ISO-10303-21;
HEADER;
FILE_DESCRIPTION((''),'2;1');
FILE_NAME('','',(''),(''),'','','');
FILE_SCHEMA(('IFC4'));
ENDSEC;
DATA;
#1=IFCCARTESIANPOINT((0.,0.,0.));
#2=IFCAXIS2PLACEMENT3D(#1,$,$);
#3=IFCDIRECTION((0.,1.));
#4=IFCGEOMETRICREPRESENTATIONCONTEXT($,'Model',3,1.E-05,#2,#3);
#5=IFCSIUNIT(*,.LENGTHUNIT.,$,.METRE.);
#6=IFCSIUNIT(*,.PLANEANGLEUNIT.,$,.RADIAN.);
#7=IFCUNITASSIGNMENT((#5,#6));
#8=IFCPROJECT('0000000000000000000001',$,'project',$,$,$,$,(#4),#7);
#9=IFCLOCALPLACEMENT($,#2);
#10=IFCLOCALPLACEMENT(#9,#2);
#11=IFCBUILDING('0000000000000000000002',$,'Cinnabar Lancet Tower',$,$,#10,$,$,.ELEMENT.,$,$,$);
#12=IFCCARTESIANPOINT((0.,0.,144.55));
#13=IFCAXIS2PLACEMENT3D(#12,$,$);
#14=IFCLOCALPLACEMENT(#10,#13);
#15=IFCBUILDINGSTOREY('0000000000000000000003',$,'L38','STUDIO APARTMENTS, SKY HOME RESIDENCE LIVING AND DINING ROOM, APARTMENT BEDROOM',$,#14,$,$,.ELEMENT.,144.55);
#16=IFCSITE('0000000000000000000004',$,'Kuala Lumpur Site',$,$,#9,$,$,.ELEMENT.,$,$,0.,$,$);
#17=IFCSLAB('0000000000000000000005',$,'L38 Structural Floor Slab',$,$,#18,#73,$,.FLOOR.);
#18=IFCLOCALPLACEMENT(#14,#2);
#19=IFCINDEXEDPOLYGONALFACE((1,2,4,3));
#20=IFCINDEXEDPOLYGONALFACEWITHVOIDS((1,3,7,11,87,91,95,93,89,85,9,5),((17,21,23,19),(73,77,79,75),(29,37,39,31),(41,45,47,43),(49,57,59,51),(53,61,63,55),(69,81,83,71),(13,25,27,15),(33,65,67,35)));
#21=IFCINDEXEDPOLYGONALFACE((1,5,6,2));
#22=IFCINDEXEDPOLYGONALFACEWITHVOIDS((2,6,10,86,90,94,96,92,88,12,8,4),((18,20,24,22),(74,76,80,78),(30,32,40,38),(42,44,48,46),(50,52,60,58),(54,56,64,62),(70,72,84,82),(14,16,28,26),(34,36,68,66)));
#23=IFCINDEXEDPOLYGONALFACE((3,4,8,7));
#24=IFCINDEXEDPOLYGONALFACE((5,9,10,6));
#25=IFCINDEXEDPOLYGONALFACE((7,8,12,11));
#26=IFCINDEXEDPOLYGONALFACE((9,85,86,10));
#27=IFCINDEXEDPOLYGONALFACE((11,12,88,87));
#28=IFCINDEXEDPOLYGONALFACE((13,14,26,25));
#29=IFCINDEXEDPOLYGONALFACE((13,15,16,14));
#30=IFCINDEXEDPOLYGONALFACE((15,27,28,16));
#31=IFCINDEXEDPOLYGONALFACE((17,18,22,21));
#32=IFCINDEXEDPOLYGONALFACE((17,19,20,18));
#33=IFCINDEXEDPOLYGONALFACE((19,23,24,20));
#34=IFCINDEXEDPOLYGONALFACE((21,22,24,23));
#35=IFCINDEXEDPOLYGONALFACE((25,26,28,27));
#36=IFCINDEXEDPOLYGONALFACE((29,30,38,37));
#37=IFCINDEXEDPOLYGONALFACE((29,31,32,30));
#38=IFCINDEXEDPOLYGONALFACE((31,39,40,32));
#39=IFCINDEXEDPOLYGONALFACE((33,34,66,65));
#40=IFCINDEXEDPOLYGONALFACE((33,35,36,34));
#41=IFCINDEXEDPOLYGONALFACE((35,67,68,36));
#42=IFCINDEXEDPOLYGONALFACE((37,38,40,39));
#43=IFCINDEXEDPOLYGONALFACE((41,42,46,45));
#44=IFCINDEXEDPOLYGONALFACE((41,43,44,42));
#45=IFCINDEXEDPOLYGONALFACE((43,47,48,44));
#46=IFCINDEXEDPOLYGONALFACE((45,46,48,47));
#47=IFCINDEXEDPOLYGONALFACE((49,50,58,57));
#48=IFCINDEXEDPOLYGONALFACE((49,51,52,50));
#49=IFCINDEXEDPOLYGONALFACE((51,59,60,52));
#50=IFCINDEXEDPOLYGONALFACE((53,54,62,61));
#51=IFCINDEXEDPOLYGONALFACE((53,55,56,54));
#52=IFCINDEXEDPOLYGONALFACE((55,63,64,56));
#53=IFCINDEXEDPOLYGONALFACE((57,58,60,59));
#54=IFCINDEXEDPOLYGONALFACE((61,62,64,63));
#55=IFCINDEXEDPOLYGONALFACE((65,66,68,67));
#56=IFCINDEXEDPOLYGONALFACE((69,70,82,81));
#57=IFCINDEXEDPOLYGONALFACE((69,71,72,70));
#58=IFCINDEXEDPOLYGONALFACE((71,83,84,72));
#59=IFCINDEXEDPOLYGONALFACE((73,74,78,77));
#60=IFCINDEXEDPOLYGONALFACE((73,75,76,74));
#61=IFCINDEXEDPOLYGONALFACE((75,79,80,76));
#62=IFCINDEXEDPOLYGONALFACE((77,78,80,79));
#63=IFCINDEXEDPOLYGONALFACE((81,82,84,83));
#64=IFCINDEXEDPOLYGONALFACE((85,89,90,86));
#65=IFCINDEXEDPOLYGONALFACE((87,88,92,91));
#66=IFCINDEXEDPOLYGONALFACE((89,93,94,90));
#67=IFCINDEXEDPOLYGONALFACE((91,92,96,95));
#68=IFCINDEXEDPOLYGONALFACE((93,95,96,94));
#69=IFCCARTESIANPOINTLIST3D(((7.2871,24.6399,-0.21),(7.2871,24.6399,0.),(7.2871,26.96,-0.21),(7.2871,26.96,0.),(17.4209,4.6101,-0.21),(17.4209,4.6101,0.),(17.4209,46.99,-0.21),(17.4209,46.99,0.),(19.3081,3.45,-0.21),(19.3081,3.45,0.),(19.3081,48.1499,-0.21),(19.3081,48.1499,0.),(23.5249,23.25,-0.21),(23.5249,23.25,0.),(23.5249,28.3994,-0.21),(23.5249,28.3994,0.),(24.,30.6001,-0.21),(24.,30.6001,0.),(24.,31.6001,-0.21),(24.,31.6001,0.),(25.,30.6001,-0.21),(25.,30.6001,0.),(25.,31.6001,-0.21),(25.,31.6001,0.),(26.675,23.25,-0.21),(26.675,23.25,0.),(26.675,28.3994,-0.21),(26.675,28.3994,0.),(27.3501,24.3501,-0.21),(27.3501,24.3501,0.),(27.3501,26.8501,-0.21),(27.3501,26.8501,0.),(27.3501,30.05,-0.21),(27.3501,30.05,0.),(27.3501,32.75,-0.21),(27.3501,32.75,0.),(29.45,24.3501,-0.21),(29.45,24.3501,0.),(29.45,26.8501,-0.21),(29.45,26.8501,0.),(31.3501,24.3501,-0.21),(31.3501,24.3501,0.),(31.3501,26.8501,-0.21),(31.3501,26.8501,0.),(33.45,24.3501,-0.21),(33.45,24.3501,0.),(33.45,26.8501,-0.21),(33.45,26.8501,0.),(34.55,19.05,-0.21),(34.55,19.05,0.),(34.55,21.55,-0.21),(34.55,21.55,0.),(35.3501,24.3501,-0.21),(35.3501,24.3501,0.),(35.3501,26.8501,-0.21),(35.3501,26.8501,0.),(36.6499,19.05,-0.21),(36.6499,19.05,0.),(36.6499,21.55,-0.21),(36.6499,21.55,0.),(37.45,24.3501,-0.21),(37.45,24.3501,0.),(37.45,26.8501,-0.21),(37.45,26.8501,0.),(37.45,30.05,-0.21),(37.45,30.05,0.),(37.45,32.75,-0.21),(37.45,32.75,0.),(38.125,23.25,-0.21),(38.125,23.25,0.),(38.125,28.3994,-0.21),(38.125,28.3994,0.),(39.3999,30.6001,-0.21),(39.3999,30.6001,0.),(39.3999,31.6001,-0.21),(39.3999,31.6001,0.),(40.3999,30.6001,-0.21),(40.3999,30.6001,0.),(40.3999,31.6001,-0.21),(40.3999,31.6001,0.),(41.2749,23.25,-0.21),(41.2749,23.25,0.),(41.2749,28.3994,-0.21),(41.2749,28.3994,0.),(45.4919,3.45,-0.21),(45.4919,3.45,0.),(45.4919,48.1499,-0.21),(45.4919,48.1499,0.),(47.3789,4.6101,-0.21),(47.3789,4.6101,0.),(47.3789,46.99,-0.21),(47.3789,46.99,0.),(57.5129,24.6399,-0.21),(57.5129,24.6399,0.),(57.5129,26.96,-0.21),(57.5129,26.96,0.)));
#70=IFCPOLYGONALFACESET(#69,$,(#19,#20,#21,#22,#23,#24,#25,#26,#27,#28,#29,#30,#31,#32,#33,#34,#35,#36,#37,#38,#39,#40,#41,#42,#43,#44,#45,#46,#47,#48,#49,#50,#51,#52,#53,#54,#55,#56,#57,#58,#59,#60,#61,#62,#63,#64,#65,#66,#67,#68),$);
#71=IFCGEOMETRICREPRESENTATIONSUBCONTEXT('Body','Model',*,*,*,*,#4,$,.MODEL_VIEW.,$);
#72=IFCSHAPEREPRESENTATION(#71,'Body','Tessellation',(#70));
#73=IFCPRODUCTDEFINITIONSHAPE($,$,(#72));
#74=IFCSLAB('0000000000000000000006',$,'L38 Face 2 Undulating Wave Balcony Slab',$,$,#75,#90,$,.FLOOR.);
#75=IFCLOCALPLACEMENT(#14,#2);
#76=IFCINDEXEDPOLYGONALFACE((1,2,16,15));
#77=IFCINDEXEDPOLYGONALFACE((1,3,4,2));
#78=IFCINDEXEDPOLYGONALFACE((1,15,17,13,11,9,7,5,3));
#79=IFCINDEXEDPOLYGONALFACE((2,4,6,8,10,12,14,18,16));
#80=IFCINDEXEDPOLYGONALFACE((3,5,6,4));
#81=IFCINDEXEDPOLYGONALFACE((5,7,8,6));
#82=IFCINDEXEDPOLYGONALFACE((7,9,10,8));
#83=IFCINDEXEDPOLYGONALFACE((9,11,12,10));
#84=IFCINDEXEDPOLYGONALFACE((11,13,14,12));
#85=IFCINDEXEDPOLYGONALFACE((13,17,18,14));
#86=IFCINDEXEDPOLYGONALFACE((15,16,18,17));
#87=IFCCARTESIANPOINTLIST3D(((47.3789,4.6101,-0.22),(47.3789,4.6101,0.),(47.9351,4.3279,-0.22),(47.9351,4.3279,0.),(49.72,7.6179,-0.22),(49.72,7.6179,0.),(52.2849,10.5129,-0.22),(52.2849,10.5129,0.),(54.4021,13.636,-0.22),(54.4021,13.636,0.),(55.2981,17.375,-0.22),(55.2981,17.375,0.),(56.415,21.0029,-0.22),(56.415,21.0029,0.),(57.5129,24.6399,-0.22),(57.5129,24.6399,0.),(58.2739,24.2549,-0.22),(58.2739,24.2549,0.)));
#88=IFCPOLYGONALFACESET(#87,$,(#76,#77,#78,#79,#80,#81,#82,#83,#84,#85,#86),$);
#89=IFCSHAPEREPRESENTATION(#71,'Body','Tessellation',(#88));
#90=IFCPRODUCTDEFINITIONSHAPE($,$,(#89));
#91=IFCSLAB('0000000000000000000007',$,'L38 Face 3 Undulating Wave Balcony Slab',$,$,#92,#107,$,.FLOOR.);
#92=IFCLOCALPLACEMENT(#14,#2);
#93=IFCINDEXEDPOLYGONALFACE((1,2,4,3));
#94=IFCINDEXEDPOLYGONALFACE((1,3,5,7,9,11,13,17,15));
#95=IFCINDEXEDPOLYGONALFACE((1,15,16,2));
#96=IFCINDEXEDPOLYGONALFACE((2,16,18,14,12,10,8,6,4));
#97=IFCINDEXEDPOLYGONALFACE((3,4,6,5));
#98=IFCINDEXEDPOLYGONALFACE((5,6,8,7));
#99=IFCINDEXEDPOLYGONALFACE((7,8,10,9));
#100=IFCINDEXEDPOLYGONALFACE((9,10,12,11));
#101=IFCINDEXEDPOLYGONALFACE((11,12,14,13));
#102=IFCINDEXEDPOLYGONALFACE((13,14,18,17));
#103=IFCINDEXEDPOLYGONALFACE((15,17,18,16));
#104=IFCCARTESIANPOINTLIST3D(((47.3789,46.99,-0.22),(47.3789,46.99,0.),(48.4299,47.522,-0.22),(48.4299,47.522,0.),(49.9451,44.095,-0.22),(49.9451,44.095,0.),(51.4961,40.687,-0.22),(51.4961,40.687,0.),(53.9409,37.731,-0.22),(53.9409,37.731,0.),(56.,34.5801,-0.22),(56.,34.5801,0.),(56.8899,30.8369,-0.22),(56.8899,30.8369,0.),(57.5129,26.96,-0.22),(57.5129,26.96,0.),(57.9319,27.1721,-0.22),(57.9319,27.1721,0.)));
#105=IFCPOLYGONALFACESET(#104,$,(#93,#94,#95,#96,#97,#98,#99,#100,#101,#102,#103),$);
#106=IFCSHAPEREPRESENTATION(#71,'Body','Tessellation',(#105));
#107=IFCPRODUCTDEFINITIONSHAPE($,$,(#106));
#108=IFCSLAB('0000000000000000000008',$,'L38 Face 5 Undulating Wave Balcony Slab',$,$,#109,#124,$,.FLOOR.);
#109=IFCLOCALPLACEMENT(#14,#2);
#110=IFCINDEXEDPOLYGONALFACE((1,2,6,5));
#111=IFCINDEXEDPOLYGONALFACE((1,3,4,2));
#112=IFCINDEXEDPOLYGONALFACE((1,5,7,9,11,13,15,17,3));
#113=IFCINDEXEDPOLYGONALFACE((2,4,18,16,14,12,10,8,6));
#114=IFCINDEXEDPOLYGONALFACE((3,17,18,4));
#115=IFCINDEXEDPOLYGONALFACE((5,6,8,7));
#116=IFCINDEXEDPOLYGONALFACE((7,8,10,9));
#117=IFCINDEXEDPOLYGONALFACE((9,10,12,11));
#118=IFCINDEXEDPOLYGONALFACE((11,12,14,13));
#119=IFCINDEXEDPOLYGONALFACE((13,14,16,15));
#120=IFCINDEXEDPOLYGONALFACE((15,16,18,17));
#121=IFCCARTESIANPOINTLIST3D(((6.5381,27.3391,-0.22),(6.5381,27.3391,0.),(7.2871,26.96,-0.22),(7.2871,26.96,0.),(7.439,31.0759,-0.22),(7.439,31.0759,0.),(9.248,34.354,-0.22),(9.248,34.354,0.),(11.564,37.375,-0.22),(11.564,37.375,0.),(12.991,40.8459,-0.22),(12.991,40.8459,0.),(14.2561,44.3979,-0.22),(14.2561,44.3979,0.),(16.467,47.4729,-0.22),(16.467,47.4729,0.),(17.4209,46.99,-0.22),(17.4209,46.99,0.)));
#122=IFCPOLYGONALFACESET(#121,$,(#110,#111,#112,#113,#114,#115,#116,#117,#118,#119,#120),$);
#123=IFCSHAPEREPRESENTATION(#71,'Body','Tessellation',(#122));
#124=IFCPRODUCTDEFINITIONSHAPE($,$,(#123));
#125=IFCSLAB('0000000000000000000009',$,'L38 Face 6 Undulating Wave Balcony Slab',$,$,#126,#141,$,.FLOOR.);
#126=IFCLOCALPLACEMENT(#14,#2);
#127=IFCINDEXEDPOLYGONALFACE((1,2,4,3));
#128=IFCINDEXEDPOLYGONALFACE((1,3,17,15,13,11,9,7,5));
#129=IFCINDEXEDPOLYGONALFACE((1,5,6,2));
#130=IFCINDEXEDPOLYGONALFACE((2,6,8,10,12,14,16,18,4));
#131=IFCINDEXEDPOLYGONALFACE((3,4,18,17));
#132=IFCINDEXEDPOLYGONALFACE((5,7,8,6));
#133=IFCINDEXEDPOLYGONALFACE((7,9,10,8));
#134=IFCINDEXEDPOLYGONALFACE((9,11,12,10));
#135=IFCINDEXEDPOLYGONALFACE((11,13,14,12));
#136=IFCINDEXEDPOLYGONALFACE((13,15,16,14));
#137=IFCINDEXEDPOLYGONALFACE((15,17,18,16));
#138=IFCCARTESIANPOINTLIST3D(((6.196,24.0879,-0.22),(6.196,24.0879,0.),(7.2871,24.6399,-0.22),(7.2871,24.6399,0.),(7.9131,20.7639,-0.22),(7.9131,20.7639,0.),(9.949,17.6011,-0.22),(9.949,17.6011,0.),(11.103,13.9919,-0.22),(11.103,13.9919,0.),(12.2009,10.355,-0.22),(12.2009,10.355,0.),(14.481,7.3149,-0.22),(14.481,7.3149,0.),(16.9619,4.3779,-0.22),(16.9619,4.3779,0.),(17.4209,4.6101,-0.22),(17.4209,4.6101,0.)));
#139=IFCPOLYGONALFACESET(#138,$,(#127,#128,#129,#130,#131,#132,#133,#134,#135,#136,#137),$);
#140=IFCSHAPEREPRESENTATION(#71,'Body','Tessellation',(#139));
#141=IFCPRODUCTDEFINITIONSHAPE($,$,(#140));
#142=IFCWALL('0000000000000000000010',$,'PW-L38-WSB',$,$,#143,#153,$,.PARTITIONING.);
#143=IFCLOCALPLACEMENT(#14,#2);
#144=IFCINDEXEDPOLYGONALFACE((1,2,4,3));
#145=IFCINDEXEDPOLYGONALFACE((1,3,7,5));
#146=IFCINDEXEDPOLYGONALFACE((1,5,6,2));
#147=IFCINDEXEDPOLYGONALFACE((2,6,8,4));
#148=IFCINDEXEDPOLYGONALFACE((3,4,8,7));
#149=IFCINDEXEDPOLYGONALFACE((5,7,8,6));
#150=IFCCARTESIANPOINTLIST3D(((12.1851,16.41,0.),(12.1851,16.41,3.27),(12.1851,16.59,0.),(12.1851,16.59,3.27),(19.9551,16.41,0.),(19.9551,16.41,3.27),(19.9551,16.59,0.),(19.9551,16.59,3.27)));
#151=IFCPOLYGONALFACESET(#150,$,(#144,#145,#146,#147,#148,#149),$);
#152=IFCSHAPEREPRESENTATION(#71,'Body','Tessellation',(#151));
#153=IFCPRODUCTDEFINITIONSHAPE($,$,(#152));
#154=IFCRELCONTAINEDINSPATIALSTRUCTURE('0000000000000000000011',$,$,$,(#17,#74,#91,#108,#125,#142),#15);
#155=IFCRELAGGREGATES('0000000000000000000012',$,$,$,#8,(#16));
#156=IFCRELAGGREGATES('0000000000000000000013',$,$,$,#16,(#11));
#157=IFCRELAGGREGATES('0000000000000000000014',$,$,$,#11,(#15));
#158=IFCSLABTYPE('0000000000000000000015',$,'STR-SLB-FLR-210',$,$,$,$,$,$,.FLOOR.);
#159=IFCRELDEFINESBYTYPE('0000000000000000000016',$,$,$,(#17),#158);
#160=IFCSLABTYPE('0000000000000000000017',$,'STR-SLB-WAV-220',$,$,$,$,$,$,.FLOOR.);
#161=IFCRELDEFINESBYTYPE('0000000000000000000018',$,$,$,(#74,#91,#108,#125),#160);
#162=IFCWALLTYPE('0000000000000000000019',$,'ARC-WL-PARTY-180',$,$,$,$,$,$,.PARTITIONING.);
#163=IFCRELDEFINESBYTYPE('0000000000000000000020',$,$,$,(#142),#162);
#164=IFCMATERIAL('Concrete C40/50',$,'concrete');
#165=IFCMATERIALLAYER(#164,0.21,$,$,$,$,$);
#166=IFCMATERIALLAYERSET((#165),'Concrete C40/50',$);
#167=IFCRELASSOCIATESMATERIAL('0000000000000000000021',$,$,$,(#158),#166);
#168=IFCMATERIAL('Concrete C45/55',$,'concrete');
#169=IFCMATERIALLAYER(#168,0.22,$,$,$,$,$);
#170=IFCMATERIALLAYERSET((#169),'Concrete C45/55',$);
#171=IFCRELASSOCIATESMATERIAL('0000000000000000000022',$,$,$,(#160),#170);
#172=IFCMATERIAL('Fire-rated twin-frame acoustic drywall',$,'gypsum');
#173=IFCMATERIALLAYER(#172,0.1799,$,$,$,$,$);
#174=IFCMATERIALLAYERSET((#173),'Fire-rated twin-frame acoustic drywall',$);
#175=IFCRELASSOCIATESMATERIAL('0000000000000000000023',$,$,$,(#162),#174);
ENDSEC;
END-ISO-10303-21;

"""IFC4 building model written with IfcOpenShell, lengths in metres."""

from ifc_helpers import new_model, si_unit, direction, frame, frame_2d, origin, place, context, subcontext, project, spatial, polyline, rectangle, outline, extrude, material, layer, layer_set, type_object, element, save


model = new_model("IFC4")

# Units and contexts
model_context = context("Model", 3, precision=1e-05, world=origin(), true_north=direction((0.0, 1.0)))
body_context = subcontext(model_context, "Body", "Model", "MODEL_VIEW")
ifc_project = project(units=[si_unit("LENGTHUNIT", "METRE"), si_unit("PLANEANGLEUNIT", "RADIAN")], contexts=[model_context])

# Site, building, storey
site_placement = place(None, origin())
site = spatial("IfcSite", under=ifc_project, at=site_placement, Name="Kuala Lumpur Site", CompositionType="ELEMENT", RefElevation=0.0)
building_placement = place(site_placement, origin())
building = spatial("IfcBuilding", under=site, at=building_placement, Name="Cinnabar Lancet Tower", CompositionType="ELEMENT")
storey_placement = place(building_placement, frame((0.0, 0.0, 144.55)))
storey = spatial("IfcBuildingStorey", under=building, at=storey_placement, Name="L38", Description="STUDIO APARTMENTS, SKY HOME RESIDENCE LIVING AND DINING ROOM, APARTMENT BEDROOM", CompositionType="ELEMENT", Elevation=144.55)

# Slabs
ifc_material_1 = material(Name="Concrete C40/50", Category="concrete")
ifc_layer_1 = layer(ifc_material_1, 0.21)
ifc_layer_set_1 = layer_set([ifc_layer_1], Name="Concrete C40/50")
slab_type_1 = type_object("IfcSlabType", Name="STR-SLB-FLR-210", PredefinedType="FLOOR", material=ifc_layer_set_1)
slab_1_placement = place(storey_placement, frame((0.0, 0.0, -0.21)))
element("IfcSlab", 1, at=slab_1_placement, inside=storey, type_object=slab_type_1, Name="L38 Structural Floor Slab", PredefinedType="FLOOR", context=body_context, shape_type="SweptSolid", body=[
    extrude(outline(polyline([(17.4209, 4.6101), (19.3081, 3.45), (45.4919, 3.45), (47.3789, 4.6101), (57.5129, 24.6399), (57.5129, 26.96), (47.3789, 46.99), (45.4919, 48.1499), (19.3081, 48.1499), (17.4209, 46.99), (7.2871, 26.96), (7.2871, 24.6399), (17.4209, 4.6101)]), holes=[polyline([(23.5249, 23.25), (26.675, 23.25), (26.675, 28.3994), (23.5249, 28.3994), (23.5249, 23.25)]), polyline([(38.125, 23.25), (41.2749, 23.25), (41.2749, 28.3994), (38.125, 28.3994), (38.125, 23.25)]), polyline([(27.3501, 30.05), (37.45, 30.05), (37.45, 32.75), (27.3501, 32.75), (27.3501, 30.05)]), polyline([(34.55, 19.05), (36.6499, 19.05), (36.6499, 21.55), (34.55, 21.55), (34.55, 19.05)]), polyline([(27.3501, 24.3501), (29.45, 24.3501), (29.45, 26.8501), (27.3501, 26.8501), (27.3501, 24.3501)]), polyline([(35.3501, 24.3501), (37.45, 24.3501), (37.45, 26.8501), (35.3501, 26.8501), (35.3501, 24.3501)]), polyline([(31.3501, 24.3501), (33.45, 24.3501), (33.45, 26.8501), (31.3501, 26.8501), (31.3501, 24.3501)]), polyline([(24.0, 30.6001), (25.0, 30.6001), (25.0, 31.6001), (24.0, 31.6001), (24.0, 30.6001)]), polyline([(39.3999, 30.6001), (40.3999, 30.6001), (40.3999, 31.6001), (39.3999, 31.6001), (39.3999, 30.6001)])]), origin(), (0.0, 0.0, 1.0), 0.21),
])
ifc_material_2 = material(Name="Concrete C45/55", Category="concrete")
ifc_layer_2 = layer(ifc_material_2, 0.22)
ifc_layer_set_2 = layer_set([ifc_layer_2], Name="Concrete C45/55")
slab_type_2 = type_object("IfcSlabType", Name="STR-SLB-WAV-220", PredefinedType="FLOOR", material=ifc_layer_set_2)
slab_2_placement = place(storey_placement, frame((0.0, 0.0, -0.22)))
element("IfcSlab", 2, at=slab_2_placement, inside=storey, type_object=slab_type_2, Name="L38 Face 2 Undulating Wave Balcony Slab", PredefinedType="FLOOR", context=body_context, shape_type="SweptSolid", body=[
    extrude(outline(polyline([(47.3789, 4.6101), (47.9351, 4.3279), (49.72, 7.6179), (52.2849, 10.5129), (54.4021, 13.636), (55.2981, 17.375), (56.415, 21.0029), (58.2739, 24.2549), (57.5129, 24.6399), (47.3789, 4.6101)])), origin(), (0.0, 0.0, 1.0), 0.22),
])
slab_3_placement = place(storey_placement, frame((0.0, 0.0, -0.22)))
element("IfcSlab", 3, at=slab_3_placement, inside=storey, type_object=slab_type_2, Name="L38 Face 3 Undulating Wave Balcony Slab", PredefinedType="FLOOR", context=body_context, shape_type="SweptSolid", body=[
    extrude(outline(polyline([(57.5129, 26.96), (57.9319, 27.1721), (56.8899, 30.8369), (56.0, 34.5801), (53.9409, 37.731), (51.4961, 40.687), (49.9451, 44.095), (48.4299, 47.522), (47.3789, 46.99), (57.5129, 26.96)])), origin(), (0.0, 0.0, 1.0), 0.22),
])
slab_4_placement = place(storey_placement, frame((0.0, 0.0, -0.22)))
element("IfcSlab", 4, at=slab_4_placement, inside=storey, type_object=slab_type_2, Name="L38 Face 5 Undulating Wave Balcony Slab", PredefinedType="FLOOR", context=body_context, shape_type="SweptSolid", body=[
    extrude(outline(polyline([(17.4209, 46.99), (16.467, 47.4729), (14.2561, 44.3979), (12.991, 40.8459), (11.564, 37.375), (9.248, 34.354), (7.439, 31.0759), (6.5381, 27.3391), (7.2871, 26.96), (17.4209, 46.99)])), origin(), (0.0, 0.0, 1.0), 0.22),
])
slab_5_placement = place(storey_placement, frame((0.0, 0.0, -0.22)))
element("IfcSlab", 5, at=slab_5_placement, inside=storey, type_object=slab_type_2, Name="L38 Face 6 Undulating Wave Balcony Slab", PredefinedType="FLOOR", context=body_context, shape_type="SweptSolid", body=[
    extrude(outline(polyline([(7.2871, 24.6399), (6.196, 24.0879), (7.9131, 20.7639), (9.949, 17.6011), (11.103, 13.9919), (12.2009, 10.355), (14.481, 7.3149), (16.9619, 4.3779), (17.4209, 4.6101), (7.2871, 24.6399)])), origin(), (0.0, 0.0, 1.0), 0.22),
])

# Wall
ifc_material_3 = material(Name="Fire-rated twin-frame acoustic drywall", Category="gypsum")
ifc_layer_3 = layer(ifc_material_3, 0.1799)
ifc_layer_set_3 = layer_set([ifc_layer_3], Name="Fire-rated twin-frame acoustic drywall")
wall_type_1 = type_object("IfcWallType", Name="ARC-WL-PARTY-180", PredefinedType="PARTITIONING", material=ifc_layer_set_3)
wall_1_placement = place(storey_placement, frame((12.1851, 16.5, 0.0), z_axis=(0.0, 0.0, 1.0), x_axis=(1.0, 0.0, 0.0)))
element("IfcWall", 6, at=wall_1_placement, inside=storey, type_object=wall_type_1, Name="PW-L38-WSB", PredefinedType="PARTITIONING", context=body_context, shape_type="SweptSolid", body=[
    extrude(rectangle(XDim=7.77, YDim=0.1799, at=frame_2d((3.885, 0.0))), origin(), (0.0, 0.0, 1.0), 3.27),
])

save(model, "model.ifc")
